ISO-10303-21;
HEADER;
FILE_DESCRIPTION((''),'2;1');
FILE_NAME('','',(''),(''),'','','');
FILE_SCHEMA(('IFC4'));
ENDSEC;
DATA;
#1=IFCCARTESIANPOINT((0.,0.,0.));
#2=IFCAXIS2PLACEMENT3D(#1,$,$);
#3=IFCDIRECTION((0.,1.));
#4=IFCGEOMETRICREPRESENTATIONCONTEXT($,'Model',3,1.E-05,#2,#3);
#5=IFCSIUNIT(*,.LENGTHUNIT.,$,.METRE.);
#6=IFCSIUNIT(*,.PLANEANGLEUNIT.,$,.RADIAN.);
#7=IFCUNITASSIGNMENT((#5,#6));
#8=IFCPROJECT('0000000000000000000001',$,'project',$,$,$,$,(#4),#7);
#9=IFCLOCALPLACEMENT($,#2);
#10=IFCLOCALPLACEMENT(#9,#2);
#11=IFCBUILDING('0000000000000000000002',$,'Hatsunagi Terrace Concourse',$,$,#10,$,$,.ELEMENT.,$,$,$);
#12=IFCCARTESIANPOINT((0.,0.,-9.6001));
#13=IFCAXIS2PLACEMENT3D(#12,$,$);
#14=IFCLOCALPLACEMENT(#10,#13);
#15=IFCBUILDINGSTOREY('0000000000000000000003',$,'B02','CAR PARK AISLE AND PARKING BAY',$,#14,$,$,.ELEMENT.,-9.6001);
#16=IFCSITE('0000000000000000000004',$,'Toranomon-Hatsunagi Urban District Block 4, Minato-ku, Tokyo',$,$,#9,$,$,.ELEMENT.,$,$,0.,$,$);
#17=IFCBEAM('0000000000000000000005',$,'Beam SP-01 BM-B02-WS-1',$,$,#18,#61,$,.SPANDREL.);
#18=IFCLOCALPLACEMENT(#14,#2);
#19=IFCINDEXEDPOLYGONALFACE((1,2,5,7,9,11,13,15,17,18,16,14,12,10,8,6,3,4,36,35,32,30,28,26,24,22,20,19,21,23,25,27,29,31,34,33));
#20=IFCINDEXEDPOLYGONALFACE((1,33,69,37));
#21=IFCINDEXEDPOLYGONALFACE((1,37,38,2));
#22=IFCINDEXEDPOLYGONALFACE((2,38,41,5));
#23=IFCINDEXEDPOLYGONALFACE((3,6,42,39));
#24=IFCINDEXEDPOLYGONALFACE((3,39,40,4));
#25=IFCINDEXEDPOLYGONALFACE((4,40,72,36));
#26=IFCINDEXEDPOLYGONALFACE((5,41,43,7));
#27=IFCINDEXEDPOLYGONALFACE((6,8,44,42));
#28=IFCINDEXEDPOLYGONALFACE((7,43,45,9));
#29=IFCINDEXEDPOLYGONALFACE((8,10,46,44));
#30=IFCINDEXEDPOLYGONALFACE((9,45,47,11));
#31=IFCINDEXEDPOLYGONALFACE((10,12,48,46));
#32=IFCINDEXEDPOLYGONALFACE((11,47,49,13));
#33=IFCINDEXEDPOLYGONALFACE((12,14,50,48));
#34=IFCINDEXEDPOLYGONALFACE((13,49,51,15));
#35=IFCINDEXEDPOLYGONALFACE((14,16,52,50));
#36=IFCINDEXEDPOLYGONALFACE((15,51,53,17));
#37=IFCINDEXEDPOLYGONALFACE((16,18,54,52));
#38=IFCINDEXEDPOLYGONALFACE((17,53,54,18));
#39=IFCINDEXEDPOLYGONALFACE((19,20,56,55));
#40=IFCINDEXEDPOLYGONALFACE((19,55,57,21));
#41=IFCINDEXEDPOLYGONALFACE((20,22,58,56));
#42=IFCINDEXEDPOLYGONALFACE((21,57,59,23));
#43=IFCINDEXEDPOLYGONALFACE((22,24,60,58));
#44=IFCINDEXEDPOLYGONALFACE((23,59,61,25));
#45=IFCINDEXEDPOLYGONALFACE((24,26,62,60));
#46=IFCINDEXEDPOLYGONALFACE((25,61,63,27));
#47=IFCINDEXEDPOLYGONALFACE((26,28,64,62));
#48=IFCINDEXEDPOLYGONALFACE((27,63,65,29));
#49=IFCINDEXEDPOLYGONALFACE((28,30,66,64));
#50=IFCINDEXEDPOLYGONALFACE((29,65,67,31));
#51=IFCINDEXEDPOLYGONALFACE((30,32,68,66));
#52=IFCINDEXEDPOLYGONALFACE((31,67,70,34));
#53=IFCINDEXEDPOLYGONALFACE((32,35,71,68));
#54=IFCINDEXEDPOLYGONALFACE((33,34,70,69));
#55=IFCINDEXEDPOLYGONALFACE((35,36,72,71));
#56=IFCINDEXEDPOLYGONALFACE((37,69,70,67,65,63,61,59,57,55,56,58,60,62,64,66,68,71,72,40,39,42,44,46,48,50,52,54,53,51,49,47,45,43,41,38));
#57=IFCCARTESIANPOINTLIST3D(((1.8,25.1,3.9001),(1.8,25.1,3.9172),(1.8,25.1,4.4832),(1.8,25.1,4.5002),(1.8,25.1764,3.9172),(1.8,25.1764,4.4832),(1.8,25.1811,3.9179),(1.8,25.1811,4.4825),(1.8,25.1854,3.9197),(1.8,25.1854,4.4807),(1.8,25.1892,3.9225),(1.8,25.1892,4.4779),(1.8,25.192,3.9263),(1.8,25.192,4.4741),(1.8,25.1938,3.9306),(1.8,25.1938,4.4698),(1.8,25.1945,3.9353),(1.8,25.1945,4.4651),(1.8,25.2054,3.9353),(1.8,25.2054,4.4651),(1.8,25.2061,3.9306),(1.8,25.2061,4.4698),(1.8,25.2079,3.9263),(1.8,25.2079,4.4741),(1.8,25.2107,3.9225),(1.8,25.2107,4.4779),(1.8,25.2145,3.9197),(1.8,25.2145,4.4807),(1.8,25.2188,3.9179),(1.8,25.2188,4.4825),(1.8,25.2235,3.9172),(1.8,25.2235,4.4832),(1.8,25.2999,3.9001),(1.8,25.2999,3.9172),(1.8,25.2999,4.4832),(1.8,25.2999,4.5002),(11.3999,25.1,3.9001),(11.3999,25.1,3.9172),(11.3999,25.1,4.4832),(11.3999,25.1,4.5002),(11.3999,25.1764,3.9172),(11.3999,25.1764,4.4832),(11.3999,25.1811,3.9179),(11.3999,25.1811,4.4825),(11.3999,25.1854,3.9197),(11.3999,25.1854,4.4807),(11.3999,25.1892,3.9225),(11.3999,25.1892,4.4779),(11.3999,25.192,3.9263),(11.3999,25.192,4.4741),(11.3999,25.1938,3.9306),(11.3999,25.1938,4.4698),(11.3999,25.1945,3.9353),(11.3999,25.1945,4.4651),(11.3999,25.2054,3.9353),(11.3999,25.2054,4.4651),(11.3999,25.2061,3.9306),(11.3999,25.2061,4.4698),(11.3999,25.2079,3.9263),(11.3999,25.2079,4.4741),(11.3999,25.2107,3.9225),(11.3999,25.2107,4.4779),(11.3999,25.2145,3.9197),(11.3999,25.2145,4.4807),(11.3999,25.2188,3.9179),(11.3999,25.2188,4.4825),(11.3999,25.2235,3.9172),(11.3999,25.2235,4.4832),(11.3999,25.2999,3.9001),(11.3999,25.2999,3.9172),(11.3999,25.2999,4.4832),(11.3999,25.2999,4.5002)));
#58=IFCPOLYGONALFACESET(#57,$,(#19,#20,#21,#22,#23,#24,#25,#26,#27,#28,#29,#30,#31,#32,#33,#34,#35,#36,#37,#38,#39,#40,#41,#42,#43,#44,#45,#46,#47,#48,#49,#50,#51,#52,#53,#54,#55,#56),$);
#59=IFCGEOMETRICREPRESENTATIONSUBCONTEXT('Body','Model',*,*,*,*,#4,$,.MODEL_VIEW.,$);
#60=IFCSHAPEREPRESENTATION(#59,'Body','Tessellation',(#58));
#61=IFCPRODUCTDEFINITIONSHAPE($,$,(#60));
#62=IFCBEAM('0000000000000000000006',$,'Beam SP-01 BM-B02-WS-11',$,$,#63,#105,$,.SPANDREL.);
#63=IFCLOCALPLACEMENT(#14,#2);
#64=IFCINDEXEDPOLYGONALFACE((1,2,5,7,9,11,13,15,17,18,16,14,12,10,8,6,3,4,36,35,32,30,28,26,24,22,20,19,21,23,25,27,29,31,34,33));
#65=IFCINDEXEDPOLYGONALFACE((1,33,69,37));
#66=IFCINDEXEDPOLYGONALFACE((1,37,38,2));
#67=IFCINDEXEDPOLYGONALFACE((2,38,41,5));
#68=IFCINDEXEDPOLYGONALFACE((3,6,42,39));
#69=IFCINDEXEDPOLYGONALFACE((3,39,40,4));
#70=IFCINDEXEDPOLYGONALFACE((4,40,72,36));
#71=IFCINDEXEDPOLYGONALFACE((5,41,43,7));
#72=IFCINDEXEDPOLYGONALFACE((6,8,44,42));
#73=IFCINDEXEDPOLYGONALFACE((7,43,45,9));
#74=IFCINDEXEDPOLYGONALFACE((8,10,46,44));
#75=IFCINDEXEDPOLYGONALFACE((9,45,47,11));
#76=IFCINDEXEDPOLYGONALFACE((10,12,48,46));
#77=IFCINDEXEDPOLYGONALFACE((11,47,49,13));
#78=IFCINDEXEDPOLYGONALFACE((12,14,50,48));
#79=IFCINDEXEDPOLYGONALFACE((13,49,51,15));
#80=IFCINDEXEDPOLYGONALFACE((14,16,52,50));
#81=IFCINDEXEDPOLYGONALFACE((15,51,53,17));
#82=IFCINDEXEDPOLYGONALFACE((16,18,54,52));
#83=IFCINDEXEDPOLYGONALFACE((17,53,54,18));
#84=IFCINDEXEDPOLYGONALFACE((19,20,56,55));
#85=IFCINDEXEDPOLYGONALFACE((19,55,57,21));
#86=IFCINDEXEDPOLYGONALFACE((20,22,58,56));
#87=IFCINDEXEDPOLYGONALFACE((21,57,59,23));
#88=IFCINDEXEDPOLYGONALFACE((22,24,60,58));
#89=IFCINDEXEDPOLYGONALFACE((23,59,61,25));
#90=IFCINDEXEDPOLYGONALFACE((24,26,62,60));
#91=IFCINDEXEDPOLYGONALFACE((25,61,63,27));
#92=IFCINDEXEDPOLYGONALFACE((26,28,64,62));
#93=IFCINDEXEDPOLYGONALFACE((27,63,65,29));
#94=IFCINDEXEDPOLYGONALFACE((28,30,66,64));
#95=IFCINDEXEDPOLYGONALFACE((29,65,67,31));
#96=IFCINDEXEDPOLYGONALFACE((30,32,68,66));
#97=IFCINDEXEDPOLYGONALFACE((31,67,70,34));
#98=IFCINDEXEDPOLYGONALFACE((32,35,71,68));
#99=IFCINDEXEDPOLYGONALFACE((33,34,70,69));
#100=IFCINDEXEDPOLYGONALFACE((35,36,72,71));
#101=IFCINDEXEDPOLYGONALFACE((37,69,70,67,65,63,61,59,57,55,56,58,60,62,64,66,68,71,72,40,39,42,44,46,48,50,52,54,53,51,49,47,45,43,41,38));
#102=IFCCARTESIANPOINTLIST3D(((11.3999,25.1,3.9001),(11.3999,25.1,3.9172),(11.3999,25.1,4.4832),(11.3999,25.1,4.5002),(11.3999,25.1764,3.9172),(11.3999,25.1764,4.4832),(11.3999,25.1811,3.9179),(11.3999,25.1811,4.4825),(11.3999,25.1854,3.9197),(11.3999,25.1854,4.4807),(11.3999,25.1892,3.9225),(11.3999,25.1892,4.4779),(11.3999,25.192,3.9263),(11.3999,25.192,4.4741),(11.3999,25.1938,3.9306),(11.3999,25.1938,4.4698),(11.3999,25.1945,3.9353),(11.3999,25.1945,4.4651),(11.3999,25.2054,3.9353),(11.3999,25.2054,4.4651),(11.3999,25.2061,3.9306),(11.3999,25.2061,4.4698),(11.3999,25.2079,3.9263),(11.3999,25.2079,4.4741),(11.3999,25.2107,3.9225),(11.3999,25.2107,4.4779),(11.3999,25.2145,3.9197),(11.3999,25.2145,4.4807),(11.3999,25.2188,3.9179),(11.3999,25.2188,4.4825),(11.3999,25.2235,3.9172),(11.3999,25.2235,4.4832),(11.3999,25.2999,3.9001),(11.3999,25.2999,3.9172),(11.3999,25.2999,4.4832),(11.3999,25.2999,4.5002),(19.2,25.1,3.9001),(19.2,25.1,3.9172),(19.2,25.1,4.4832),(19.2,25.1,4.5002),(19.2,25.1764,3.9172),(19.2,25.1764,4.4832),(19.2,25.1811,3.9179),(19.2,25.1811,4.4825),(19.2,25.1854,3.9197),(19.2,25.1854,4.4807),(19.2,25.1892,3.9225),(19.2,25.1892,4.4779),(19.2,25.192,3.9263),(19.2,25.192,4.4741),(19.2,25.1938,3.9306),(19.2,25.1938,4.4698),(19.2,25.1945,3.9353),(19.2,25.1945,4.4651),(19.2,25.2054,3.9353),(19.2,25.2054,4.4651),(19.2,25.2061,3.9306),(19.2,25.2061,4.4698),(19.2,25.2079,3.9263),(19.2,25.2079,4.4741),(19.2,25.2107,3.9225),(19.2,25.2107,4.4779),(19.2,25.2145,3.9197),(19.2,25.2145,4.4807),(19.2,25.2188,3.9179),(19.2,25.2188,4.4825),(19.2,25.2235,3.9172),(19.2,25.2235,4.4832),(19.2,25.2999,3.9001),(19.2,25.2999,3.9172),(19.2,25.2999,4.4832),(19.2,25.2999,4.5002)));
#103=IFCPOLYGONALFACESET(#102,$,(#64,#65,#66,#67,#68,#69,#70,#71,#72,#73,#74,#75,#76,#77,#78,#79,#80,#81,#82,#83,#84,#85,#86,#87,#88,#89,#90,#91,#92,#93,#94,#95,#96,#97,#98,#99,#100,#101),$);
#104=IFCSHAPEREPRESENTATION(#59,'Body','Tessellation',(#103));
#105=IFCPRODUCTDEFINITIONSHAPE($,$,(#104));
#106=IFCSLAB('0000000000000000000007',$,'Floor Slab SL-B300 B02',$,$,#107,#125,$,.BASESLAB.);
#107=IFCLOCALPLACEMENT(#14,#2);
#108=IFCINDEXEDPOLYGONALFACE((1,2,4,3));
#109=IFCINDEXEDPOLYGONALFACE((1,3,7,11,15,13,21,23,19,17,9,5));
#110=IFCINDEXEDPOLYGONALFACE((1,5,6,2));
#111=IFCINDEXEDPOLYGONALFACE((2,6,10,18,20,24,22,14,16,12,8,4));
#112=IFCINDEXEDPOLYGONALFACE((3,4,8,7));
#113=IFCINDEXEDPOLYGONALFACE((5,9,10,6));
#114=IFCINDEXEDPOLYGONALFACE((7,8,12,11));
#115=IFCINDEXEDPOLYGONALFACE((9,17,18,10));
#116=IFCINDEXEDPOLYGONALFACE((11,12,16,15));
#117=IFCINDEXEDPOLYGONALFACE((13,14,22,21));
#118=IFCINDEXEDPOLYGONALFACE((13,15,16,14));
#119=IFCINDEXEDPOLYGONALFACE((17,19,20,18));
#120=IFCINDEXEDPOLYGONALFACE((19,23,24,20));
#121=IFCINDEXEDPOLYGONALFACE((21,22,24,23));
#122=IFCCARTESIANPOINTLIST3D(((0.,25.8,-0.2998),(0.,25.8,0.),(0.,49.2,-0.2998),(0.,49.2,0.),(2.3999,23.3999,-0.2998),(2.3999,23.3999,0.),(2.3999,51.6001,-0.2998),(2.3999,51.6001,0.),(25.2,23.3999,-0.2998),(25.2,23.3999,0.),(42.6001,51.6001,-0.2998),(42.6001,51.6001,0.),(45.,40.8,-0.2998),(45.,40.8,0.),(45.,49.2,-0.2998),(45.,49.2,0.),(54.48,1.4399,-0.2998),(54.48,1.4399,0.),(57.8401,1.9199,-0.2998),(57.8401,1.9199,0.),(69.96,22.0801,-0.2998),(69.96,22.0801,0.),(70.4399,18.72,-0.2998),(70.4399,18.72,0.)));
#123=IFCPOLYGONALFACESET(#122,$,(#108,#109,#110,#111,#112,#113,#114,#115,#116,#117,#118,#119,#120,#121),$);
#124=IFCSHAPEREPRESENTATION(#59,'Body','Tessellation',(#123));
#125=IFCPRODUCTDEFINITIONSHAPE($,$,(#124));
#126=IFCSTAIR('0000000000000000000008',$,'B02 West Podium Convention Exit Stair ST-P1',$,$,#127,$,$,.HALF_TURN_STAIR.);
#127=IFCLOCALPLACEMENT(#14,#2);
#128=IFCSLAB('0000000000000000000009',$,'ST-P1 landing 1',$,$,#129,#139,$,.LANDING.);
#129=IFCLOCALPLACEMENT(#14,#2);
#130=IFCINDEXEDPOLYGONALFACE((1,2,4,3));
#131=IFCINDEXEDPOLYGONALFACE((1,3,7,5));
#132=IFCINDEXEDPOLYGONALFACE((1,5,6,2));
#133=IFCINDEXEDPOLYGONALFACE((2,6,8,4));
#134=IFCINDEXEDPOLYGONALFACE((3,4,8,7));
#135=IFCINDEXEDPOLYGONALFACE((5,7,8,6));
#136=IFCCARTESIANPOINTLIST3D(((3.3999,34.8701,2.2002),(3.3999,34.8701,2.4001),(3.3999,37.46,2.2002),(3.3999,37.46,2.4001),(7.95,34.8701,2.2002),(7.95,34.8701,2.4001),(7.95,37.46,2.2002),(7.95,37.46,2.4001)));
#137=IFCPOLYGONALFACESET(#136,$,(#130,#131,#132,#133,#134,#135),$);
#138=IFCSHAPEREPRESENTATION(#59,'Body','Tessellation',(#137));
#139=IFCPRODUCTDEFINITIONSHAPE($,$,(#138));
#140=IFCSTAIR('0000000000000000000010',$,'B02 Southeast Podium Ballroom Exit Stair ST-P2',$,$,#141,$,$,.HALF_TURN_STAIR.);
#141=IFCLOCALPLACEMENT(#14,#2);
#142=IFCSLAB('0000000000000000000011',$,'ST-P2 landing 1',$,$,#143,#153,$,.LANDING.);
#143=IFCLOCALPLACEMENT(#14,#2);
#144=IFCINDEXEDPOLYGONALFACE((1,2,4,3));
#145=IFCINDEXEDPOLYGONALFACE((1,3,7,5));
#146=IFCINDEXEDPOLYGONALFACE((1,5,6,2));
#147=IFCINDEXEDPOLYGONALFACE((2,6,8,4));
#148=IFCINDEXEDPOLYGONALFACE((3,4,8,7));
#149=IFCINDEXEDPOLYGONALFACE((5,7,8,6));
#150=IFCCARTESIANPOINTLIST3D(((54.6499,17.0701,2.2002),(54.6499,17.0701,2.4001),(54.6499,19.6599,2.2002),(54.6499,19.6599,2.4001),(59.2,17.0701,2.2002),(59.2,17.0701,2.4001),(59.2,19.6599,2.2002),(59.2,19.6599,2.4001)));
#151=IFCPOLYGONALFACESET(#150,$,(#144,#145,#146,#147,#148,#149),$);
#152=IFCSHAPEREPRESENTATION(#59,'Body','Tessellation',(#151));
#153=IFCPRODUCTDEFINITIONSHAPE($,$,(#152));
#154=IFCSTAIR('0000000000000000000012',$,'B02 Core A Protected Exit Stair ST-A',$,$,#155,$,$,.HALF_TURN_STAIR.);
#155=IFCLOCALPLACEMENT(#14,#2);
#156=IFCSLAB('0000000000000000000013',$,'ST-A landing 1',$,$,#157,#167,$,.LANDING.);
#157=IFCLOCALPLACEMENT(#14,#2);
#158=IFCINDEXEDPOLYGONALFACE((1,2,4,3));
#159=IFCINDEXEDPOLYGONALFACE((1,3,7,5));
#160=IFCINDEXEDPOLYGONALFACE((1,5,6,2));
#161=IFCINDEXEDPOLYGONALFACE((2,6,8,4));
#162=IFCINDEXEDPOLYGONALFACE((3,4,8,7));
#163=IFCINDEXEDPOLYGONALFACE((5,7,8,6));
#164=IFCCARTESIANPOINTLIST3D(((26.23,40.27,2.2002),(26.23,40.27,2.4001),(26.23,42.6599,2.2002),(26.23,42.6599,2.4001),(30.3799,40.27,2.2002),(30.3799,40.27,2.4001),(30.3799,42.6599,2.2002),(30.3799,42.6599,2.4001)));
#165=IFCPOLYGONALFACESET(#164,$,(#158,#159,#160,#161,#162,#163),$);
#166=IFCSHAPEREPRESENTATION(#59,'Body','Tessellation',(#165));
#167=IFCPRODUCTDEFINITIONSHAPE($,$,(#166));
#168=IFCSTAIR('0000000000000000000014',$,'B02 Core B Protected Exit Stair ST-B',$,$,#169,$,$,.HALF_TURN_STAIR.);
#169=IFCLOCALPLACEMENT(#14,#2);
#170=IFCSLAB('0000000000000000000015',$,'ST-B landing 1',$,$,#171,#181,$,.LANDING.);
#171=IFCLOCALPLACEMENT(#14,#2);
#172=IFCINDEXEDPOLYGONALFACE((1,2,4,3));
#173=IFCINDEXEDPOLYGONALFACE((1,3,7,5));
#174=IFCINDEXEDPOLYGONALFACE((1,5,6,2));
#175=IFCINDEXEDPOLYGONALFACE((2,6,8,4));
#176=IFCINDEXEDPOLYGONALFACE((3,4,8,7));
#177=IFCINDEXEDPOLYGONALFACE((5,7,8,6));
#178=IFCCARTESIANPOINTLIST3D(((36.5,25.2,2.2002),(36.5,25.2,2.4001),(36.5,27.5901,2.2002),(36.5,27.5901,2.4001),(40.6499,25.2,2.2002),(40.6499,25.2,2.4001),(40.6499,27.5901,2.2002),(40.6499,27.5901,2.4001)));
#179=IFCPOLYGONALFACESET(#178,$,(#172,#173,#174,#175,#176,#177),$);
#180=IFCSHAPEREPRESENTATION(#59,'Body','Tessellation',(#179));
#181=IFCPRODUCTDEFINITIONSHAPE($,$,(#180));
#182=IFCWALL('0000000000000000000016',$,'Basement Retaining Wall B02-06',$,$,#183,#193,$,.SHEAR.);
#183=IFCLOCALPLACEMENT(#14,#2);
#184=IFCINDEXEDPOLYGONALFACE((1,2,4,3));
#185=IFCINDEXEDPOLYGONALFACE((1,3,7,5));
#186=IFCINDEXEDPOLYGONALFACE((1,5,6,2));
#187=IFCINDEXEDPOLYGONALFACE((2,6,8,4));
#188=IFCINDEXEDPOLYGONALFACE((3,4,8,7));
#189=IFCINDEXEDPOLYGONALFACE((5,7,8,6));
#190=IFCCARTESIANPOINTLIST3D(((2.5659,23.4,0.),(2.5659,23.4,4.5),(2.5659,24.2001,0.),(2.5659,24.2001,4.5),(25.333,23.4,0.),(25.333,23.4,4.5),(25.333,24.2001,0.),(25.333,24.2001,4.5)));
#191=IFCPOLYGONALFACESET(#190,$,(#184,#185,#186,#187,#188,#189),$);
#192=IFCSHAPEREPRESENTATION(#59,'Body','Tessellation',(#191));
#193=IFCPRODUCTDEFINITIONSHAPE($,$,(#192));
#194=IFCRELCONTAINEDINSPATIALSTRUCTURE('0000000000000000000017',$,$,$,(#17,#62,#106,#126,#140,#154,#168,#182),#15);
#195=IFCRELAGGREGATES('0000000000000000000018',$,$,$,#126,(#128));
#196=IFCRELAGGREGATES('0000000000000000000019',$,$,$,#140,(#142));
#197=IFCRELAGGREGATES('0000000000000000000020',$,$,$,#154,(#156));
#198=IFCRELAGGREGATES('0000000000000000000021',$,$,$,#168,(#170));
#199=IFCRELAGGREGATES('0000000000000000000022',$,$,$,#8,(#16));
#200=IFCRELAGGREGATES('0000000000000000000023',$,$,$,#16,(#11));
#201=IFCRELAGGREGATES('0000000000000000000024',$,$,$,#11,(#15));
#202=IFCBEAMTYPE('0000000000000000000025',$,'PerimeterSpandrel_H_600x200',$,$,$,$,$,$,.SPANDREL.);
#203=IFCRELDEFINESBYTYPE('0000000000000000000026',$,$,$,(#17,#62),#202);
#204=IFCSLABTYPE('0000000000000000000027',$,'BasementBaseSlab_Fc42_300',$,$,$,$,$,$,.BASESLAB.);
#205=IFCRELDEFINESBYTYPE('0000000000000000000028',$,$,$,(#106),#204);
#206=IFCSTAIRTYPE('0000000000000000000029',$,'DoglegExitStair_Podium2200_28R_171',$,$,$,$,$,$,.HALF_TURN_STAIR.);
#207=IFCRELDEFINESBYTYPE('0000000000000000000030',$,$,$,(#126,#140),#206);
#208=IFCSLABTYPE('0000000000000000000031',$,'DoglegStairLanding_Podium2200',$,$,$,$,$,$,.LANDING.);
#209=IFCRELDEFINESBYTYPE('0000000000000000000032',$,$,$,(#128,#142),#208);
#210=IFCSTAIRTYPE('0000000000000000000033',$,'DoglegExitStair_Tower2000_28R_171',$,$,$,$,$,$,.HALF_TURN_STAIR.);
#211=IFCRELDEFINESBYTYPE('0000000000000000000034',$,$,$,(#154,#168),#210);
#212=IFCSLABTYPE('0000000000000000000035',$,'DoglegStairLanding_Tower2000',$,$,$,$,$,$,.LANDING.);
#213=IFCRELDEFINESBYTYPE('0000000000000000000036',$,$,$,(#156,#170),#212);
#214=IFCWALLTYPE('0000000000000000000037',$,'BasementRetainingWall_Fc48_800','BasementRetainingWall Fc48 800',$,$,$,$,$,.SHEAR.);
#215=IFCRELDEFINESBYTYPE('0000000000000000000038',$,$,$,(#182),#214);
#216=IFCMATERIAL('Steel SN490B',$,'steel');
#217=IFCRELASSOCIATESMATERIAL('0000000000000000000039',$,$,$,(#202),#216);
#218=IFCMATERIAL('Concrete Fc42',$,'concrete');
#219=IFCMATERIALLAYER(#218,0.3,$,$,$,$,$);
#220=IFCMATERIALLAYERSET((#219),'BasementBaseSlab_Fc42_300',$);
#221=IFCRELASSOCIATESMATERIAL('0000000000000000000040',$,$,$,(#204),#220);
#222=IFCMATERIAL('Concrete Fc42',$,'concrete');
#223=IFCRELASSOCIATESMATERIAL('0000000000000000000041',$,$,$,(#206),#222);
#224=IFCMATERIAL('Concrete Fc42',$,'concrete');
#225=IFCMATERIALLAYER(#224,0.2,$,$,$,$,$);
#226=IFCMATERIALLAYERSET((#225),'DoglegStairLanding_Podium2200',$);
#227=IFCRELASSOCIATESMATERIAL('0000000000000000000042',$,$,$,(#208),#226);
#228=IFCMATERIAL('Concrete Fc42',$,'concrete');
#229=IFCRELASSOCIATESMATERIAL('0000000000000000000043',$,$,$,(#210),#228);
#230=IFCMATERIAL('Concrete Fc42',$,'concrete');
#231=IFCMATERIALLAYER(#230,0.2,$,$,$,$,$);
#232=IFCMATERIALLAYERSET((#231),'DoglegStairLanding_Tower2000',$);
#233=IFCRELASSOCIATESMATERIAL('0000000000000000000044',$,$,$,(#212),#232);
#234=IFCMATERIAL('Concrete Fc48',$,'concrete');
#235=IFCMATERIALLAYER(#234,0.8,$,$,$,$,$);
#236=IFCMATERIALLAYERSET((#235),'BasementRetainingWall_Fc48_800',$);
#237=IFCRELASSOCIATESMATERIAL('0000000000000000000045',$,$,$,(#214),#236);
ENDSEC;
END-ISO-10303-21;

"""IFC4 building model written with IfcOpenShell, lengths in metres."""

from ifc_helpers import new_model, si_unit, direction, frame, frame_2d, origin, origin_2d, place, context, subcontext, project, spatial, polyline, rectangle, i_section, outline, extrude, material, layer, layer_set, material_profile, profile_set, type_object, element, aggregate, save


model = new_model("IFC4")

# Units and contexts
model_context = context("Model", 3, precision=1e-05, world=origin(), true_north=direction((0.0, 1.0)))
body_context = subcontext(model_context, "Body", "Model", "MODEL_VIEW")
ifc_project = project(units=[si_unit("LENGTHUNIT", "METRE"), si_unit("PLANEANGLEUNIT", "RADIAN")], contexts=[model_context])

# Site, building, storey
site_placement = place(None, origin())
site = spatial("IfcSite", under=ifc_project, at=site_placement, Name="Toranomon-Hatsunagi Urban District Block 4, Minato-ku, Tokyo", CompositionType="ELEMENT", RefElevation=0.0)
building_placement = place(site_placement, origin())
building = spatial("IfcBuilding", under=site, at=building_placement, Name="Hatsunagi Terrace Concourse", CompositionType="ELEMENT")
storey_placement = place(building_placement, frame((0.0, 0.0, -9.6001)))
storey = spatial("IfcBuildingStorey", under=building, at=storey_placement, Name="B02", Description="CAR PARK AISLE AND PARKING BAY", CompositionType="ELEMENT", Elevation=-9.6001)

# Beams
ifc_material_1 = material(Name="Steel SN490B", Category="steel")
ifc_material_profile_1 = material_profile(ifc_material_1, i_section(OverallWidth=0.2, OverallDepth=0.6001, WebThickness=0.011, FlangeThickness=0.0171, FilletRadius=0.0181, at=origin_2d()), Name="H-600x200x11x17")
ifc_profile_set_1 = profile_set([ifc_material_profile_1], Name="Steel SN490B")
beam_type_1 = type_object("IfcBeamType", Name="PerimeterSpandrel_H_600x200", PredefinedType="SPANDREL", material=ifc_profile_set_1)
beam_1_placement = place(storey_placement, frame((1.8, 25.2, 4.2002), z_axis=(1.0, 0.0, 0.0), x_axis=(0.0, 1.0, 0.0)))
element("IfcBeam", 1, at=beam_1_placement, inside=storey, type_object=beam_type_1, Name="Beam SP-01 BM-B02-WS-1", PredefinedType="SPANDREL", context=body_context, shape_type="SweptSolid", body=[
    extrude(i_section(OverallWidth=0.2, OverallDepth=0.6001, WebThickness=0.011, FlangeThickness=0.0171, FilletRadius=0.0181, at=origin_2d()), origin(), (0.0, 0.0, 1.0), 9.5999),
])
beam_2_placement = place(storey_placement, frame((11.3999, 25.2, 4.2002), z_axis=(1.0, 0.0, 0.0), x_axis=(0.0, 1.0, 0.0)))
element("IfcBeam", 2, at=beam_2_placement, inside=storey, type_object=beam_type_1, Name="Beam SP-01 BM-B02-WS-11", PredefinedType="SPANDREL", context=body_context, shape_type="SweptSolid", body=[
    extrude(i_section(OverallWidth=0.2, OverallDepth=0.6001, WebThickness=0.011, FlangeThickness=0.0171, FilletRadius=0.0181, at=origin_2d()), origin(), (0.0, 0.0, 1.0), 7.8),
])

# Slab
ifc_material_2 = material(Name="Concrete Fc42", Category="concrete")
ifc_layer_1 = layer(ifc_material_2, 0.3)
ifc_layer_set_1 = layer_set([ifc_layer_1], Name="BasementBaseSlab_Fc42_300")
slab_type_1 = type_object("IfcSlabType", Name="BasementBaseSlab_Fc42_300", PredefinedType="BASESLAB", material=ifc_layer_set_1)
slab_1_placement = place(storey_placement, frame((0.0, 0.0, -0.2998)))
element("IfcSlab", 3, at=slab_1_placement, inside=storey, type_object=slab_type_1, Name="Floor Slab SL-B300 B02", PredefinedType="BASESLAB", context=body_context, shape_type="SweptSolid", body=[
    extrude(outline(polyline([(45.0, 40.8), (45.0, 49.2), (42.6001, 51.6001), (2.3999, 51.6001), (0.0, 49.2), (0.0, 25.8), (2.3999, 23.3999), (25.2, 23.3999), (54.48, 1.4399), (57.8401, 1.9199), (70.4399, 18.72), (69.96, 22.0801), (45.0, 40.8)])), origin(), (0.0, 0.0, 1.0), 0.2998),
])

# Stairs, slabs
ifc_material_3 = material(Name="Concrete Fc42", Category="concrete")
stair_type_1 = type_object("IfcStairType", Name="DoglegExitStair_Podium2200_28R_171", PredefinedType="HALF_TURN_STAIR", material=ifc_material_3)
stair_1_placement = place(storey_placement, origin())
stair_1 = element("IfcStair", 4, at=stair_1_placement, inside=storey, type_object=stair_type_1, Name="B02 West Podium Convention Exit Stair ST-P1", PredefinedType="HALF_TURN_STAIR")
ifc_material_4 = material(Name="Concrete Fc42", Category="concrete")
ifc_layer_2 = layer(ifc_material_4, 0.2)
ifc_layer_set_2 = layer_set([ifc_layer_2], Name="DoglegStairLanding_Podium2200")
slab_type_2 = type_object("IfcSlabType", Name="DoglegStairLanding_Podium2200", PredefinedType="LANDING", material=ifc_layer_set_2)
slab_2_placement = place(storey_placement, frame((0.0, 0.0, 2.2002)))
slab_2 = element("IfcSlab", 5, at=slab_2_placement, type_object=slab_type_2, Name="ST-P1 landing 1", PredefinedType="LANDING", context=body_context, shape_type="SweptSolid", body=[
    extrude(outline(polyline([(7.95, 34.8701), (7.95, 37.46), (3.3999, 37.46), (3.3999, 34.8701), (7.95, 34.8701)])), origin(), (0.0, 0.0, 1.0), 0.2),
])
aggregate(stair_1, [slab_2])
stair_2_placement = place(storey_placement, origin())
stair_2 = element("IfcStair", 6, at=stair_2_placement, inside=storey, type_object=stair_type_1, Name="B02 Southeast Podium Ballroom Exit Stair ST-P2", PredefinedType="HALF_TURN_STAIR")
slab_3_placement = place(storey_placement, frame((0.0, 0.0, 2.2002)))
slab_3 = element("IfcSlab", 7, at=slab_3_placement, type_object=slab_type_2, Name="ST-P2 landing 1", PredefinedType="LANDING", context=body_context, shape_type="SweptSolid", body=[
    extrude(outline(polyline([(59.2, 17.0701), (59.2, 19.6599), (54.6499, 19.6599), (54.6499, 17.0701), (59.2, 17.0701)])), origin(), (0.0, 0.0, 1.0), 0.2),
])
aggregate(stair_2, [slab_3])
ifc_material_5 = material(Name="Concrete Fc42", Category="concrete")
stair_type_2 = type_object("IfcStairType", Name="DoglegExitStair_Tower2000_28R_171", PredefinedType="HALF_TURN_STAIR", material=ifc_material_5)
stair_3_placement = place(storey_placement, origin())
stair_3 = element("IfcStair", 8, at=stair_3_placement, inside=storey, type_object=stair_type_2, Name="B02 Core A Protected Exit Stair ST-A", PredefinedType="HALF_TURN_STAIR")
ifc_material_6 = material(Name="Concrete Fc42", Category="concrete")
ifc_layer_3 = layer(ifc_material_6, 0.2)
ifc_layer_set_3 = layer_set([ifc_layer_3], Name="DoglegStairLanding_Tower2000")
slab_type_3 = type_object("IfcSlabType", Name="DoglegStairLanding_Tower2000", PredefinedType="LANDING", material=ifc_layer_set_3)
slab_4_placement = place(storey_placement, frame((0.0, 0.0, 2.2002)))
slab_4 = element("IfcSlab", 9, at=slab_4_placement, type_object=slab_type_3, Name="ST-A landing 1", PredefinedType="LANDING", context=body_context, shape_type="SweptSolid", body=[
    extrude(outline(polyline([(30.3799, 40.27), (30.3799, 42.6599), (26.23, 42.6599), (26.23, 40.27), (30.3799, 40.27)])), origin(), (0.0, 0.0, 1.0), 0.2),
])
aggregate(stair_3, [slab_4])
stair_4_placement = place(storey_placement, origin())
stair_4 = element("IfcStair", 10, at=stair_4_placement, inside=storey, type_object=stair_type_2, Name="B02 Core B Protected Exit Stair ST-B", PredefinedType="HALF_TURN_STAIR")
slab_5_placement = place(storey_placement, frame((0.0, 0.0, 2.2002)))
slab_5 = element("IfcSlab", 11, at=slab_5_placement, type_object=slab_type_3, Name="ST-B landing 1", PredefinedType="LANDING", context=body_context, shape_type="SweptSolid", body=[
    extrude(outline(polyline([(36.5, 27.5901), (36.5, 25.2), (40.6499, 25.2), (40.6499, 27.5901), (36.5, 27.5901)])), origin(), (0.0, 0.0, 1.0), 0.2),
])
aggregate(stair_4, [slab_5])

# Wall
ifc_material_7 = material(Name="Concrete Fc48", Category="concrete")
ifc_layer_4 = layer(ifc_material_7, 0.8)
ifc_layer_set_4 = layer_set([ifc_layer_4], Name="BasementRetainingWall_Fc48_800")
wall_type = type_object("IfcWallType", Name="BasementRetainingWall_Fc48_800", Description="BasementRetainingWall Fc48 800", PredefinedType="SHEAR", material=ifc_layer_set_4)
wall_1_placement = place(storey_placement, frame((25.333, 23.8, 0.0), z_axis=(0.0, 0.0, 1.0), x_axis=(-1.0, 0.0, 0.0)))
element("IfcWall", 12, at=wall_1_placement, inside=storey, type_object=wall_type, Name="Basement Retaining Wall B02-06", PredefinedType="SHEAR", context=body_context, shape_type="SweptSolid", body=[
    extrude(rectangle(XDim=22.7671, YDim=0.8, at=frame_2d((11.3835, 0.0))), origin(), (0.0, 0.0, 1.0), 4.5),
])

save(model, "model.ifc")
